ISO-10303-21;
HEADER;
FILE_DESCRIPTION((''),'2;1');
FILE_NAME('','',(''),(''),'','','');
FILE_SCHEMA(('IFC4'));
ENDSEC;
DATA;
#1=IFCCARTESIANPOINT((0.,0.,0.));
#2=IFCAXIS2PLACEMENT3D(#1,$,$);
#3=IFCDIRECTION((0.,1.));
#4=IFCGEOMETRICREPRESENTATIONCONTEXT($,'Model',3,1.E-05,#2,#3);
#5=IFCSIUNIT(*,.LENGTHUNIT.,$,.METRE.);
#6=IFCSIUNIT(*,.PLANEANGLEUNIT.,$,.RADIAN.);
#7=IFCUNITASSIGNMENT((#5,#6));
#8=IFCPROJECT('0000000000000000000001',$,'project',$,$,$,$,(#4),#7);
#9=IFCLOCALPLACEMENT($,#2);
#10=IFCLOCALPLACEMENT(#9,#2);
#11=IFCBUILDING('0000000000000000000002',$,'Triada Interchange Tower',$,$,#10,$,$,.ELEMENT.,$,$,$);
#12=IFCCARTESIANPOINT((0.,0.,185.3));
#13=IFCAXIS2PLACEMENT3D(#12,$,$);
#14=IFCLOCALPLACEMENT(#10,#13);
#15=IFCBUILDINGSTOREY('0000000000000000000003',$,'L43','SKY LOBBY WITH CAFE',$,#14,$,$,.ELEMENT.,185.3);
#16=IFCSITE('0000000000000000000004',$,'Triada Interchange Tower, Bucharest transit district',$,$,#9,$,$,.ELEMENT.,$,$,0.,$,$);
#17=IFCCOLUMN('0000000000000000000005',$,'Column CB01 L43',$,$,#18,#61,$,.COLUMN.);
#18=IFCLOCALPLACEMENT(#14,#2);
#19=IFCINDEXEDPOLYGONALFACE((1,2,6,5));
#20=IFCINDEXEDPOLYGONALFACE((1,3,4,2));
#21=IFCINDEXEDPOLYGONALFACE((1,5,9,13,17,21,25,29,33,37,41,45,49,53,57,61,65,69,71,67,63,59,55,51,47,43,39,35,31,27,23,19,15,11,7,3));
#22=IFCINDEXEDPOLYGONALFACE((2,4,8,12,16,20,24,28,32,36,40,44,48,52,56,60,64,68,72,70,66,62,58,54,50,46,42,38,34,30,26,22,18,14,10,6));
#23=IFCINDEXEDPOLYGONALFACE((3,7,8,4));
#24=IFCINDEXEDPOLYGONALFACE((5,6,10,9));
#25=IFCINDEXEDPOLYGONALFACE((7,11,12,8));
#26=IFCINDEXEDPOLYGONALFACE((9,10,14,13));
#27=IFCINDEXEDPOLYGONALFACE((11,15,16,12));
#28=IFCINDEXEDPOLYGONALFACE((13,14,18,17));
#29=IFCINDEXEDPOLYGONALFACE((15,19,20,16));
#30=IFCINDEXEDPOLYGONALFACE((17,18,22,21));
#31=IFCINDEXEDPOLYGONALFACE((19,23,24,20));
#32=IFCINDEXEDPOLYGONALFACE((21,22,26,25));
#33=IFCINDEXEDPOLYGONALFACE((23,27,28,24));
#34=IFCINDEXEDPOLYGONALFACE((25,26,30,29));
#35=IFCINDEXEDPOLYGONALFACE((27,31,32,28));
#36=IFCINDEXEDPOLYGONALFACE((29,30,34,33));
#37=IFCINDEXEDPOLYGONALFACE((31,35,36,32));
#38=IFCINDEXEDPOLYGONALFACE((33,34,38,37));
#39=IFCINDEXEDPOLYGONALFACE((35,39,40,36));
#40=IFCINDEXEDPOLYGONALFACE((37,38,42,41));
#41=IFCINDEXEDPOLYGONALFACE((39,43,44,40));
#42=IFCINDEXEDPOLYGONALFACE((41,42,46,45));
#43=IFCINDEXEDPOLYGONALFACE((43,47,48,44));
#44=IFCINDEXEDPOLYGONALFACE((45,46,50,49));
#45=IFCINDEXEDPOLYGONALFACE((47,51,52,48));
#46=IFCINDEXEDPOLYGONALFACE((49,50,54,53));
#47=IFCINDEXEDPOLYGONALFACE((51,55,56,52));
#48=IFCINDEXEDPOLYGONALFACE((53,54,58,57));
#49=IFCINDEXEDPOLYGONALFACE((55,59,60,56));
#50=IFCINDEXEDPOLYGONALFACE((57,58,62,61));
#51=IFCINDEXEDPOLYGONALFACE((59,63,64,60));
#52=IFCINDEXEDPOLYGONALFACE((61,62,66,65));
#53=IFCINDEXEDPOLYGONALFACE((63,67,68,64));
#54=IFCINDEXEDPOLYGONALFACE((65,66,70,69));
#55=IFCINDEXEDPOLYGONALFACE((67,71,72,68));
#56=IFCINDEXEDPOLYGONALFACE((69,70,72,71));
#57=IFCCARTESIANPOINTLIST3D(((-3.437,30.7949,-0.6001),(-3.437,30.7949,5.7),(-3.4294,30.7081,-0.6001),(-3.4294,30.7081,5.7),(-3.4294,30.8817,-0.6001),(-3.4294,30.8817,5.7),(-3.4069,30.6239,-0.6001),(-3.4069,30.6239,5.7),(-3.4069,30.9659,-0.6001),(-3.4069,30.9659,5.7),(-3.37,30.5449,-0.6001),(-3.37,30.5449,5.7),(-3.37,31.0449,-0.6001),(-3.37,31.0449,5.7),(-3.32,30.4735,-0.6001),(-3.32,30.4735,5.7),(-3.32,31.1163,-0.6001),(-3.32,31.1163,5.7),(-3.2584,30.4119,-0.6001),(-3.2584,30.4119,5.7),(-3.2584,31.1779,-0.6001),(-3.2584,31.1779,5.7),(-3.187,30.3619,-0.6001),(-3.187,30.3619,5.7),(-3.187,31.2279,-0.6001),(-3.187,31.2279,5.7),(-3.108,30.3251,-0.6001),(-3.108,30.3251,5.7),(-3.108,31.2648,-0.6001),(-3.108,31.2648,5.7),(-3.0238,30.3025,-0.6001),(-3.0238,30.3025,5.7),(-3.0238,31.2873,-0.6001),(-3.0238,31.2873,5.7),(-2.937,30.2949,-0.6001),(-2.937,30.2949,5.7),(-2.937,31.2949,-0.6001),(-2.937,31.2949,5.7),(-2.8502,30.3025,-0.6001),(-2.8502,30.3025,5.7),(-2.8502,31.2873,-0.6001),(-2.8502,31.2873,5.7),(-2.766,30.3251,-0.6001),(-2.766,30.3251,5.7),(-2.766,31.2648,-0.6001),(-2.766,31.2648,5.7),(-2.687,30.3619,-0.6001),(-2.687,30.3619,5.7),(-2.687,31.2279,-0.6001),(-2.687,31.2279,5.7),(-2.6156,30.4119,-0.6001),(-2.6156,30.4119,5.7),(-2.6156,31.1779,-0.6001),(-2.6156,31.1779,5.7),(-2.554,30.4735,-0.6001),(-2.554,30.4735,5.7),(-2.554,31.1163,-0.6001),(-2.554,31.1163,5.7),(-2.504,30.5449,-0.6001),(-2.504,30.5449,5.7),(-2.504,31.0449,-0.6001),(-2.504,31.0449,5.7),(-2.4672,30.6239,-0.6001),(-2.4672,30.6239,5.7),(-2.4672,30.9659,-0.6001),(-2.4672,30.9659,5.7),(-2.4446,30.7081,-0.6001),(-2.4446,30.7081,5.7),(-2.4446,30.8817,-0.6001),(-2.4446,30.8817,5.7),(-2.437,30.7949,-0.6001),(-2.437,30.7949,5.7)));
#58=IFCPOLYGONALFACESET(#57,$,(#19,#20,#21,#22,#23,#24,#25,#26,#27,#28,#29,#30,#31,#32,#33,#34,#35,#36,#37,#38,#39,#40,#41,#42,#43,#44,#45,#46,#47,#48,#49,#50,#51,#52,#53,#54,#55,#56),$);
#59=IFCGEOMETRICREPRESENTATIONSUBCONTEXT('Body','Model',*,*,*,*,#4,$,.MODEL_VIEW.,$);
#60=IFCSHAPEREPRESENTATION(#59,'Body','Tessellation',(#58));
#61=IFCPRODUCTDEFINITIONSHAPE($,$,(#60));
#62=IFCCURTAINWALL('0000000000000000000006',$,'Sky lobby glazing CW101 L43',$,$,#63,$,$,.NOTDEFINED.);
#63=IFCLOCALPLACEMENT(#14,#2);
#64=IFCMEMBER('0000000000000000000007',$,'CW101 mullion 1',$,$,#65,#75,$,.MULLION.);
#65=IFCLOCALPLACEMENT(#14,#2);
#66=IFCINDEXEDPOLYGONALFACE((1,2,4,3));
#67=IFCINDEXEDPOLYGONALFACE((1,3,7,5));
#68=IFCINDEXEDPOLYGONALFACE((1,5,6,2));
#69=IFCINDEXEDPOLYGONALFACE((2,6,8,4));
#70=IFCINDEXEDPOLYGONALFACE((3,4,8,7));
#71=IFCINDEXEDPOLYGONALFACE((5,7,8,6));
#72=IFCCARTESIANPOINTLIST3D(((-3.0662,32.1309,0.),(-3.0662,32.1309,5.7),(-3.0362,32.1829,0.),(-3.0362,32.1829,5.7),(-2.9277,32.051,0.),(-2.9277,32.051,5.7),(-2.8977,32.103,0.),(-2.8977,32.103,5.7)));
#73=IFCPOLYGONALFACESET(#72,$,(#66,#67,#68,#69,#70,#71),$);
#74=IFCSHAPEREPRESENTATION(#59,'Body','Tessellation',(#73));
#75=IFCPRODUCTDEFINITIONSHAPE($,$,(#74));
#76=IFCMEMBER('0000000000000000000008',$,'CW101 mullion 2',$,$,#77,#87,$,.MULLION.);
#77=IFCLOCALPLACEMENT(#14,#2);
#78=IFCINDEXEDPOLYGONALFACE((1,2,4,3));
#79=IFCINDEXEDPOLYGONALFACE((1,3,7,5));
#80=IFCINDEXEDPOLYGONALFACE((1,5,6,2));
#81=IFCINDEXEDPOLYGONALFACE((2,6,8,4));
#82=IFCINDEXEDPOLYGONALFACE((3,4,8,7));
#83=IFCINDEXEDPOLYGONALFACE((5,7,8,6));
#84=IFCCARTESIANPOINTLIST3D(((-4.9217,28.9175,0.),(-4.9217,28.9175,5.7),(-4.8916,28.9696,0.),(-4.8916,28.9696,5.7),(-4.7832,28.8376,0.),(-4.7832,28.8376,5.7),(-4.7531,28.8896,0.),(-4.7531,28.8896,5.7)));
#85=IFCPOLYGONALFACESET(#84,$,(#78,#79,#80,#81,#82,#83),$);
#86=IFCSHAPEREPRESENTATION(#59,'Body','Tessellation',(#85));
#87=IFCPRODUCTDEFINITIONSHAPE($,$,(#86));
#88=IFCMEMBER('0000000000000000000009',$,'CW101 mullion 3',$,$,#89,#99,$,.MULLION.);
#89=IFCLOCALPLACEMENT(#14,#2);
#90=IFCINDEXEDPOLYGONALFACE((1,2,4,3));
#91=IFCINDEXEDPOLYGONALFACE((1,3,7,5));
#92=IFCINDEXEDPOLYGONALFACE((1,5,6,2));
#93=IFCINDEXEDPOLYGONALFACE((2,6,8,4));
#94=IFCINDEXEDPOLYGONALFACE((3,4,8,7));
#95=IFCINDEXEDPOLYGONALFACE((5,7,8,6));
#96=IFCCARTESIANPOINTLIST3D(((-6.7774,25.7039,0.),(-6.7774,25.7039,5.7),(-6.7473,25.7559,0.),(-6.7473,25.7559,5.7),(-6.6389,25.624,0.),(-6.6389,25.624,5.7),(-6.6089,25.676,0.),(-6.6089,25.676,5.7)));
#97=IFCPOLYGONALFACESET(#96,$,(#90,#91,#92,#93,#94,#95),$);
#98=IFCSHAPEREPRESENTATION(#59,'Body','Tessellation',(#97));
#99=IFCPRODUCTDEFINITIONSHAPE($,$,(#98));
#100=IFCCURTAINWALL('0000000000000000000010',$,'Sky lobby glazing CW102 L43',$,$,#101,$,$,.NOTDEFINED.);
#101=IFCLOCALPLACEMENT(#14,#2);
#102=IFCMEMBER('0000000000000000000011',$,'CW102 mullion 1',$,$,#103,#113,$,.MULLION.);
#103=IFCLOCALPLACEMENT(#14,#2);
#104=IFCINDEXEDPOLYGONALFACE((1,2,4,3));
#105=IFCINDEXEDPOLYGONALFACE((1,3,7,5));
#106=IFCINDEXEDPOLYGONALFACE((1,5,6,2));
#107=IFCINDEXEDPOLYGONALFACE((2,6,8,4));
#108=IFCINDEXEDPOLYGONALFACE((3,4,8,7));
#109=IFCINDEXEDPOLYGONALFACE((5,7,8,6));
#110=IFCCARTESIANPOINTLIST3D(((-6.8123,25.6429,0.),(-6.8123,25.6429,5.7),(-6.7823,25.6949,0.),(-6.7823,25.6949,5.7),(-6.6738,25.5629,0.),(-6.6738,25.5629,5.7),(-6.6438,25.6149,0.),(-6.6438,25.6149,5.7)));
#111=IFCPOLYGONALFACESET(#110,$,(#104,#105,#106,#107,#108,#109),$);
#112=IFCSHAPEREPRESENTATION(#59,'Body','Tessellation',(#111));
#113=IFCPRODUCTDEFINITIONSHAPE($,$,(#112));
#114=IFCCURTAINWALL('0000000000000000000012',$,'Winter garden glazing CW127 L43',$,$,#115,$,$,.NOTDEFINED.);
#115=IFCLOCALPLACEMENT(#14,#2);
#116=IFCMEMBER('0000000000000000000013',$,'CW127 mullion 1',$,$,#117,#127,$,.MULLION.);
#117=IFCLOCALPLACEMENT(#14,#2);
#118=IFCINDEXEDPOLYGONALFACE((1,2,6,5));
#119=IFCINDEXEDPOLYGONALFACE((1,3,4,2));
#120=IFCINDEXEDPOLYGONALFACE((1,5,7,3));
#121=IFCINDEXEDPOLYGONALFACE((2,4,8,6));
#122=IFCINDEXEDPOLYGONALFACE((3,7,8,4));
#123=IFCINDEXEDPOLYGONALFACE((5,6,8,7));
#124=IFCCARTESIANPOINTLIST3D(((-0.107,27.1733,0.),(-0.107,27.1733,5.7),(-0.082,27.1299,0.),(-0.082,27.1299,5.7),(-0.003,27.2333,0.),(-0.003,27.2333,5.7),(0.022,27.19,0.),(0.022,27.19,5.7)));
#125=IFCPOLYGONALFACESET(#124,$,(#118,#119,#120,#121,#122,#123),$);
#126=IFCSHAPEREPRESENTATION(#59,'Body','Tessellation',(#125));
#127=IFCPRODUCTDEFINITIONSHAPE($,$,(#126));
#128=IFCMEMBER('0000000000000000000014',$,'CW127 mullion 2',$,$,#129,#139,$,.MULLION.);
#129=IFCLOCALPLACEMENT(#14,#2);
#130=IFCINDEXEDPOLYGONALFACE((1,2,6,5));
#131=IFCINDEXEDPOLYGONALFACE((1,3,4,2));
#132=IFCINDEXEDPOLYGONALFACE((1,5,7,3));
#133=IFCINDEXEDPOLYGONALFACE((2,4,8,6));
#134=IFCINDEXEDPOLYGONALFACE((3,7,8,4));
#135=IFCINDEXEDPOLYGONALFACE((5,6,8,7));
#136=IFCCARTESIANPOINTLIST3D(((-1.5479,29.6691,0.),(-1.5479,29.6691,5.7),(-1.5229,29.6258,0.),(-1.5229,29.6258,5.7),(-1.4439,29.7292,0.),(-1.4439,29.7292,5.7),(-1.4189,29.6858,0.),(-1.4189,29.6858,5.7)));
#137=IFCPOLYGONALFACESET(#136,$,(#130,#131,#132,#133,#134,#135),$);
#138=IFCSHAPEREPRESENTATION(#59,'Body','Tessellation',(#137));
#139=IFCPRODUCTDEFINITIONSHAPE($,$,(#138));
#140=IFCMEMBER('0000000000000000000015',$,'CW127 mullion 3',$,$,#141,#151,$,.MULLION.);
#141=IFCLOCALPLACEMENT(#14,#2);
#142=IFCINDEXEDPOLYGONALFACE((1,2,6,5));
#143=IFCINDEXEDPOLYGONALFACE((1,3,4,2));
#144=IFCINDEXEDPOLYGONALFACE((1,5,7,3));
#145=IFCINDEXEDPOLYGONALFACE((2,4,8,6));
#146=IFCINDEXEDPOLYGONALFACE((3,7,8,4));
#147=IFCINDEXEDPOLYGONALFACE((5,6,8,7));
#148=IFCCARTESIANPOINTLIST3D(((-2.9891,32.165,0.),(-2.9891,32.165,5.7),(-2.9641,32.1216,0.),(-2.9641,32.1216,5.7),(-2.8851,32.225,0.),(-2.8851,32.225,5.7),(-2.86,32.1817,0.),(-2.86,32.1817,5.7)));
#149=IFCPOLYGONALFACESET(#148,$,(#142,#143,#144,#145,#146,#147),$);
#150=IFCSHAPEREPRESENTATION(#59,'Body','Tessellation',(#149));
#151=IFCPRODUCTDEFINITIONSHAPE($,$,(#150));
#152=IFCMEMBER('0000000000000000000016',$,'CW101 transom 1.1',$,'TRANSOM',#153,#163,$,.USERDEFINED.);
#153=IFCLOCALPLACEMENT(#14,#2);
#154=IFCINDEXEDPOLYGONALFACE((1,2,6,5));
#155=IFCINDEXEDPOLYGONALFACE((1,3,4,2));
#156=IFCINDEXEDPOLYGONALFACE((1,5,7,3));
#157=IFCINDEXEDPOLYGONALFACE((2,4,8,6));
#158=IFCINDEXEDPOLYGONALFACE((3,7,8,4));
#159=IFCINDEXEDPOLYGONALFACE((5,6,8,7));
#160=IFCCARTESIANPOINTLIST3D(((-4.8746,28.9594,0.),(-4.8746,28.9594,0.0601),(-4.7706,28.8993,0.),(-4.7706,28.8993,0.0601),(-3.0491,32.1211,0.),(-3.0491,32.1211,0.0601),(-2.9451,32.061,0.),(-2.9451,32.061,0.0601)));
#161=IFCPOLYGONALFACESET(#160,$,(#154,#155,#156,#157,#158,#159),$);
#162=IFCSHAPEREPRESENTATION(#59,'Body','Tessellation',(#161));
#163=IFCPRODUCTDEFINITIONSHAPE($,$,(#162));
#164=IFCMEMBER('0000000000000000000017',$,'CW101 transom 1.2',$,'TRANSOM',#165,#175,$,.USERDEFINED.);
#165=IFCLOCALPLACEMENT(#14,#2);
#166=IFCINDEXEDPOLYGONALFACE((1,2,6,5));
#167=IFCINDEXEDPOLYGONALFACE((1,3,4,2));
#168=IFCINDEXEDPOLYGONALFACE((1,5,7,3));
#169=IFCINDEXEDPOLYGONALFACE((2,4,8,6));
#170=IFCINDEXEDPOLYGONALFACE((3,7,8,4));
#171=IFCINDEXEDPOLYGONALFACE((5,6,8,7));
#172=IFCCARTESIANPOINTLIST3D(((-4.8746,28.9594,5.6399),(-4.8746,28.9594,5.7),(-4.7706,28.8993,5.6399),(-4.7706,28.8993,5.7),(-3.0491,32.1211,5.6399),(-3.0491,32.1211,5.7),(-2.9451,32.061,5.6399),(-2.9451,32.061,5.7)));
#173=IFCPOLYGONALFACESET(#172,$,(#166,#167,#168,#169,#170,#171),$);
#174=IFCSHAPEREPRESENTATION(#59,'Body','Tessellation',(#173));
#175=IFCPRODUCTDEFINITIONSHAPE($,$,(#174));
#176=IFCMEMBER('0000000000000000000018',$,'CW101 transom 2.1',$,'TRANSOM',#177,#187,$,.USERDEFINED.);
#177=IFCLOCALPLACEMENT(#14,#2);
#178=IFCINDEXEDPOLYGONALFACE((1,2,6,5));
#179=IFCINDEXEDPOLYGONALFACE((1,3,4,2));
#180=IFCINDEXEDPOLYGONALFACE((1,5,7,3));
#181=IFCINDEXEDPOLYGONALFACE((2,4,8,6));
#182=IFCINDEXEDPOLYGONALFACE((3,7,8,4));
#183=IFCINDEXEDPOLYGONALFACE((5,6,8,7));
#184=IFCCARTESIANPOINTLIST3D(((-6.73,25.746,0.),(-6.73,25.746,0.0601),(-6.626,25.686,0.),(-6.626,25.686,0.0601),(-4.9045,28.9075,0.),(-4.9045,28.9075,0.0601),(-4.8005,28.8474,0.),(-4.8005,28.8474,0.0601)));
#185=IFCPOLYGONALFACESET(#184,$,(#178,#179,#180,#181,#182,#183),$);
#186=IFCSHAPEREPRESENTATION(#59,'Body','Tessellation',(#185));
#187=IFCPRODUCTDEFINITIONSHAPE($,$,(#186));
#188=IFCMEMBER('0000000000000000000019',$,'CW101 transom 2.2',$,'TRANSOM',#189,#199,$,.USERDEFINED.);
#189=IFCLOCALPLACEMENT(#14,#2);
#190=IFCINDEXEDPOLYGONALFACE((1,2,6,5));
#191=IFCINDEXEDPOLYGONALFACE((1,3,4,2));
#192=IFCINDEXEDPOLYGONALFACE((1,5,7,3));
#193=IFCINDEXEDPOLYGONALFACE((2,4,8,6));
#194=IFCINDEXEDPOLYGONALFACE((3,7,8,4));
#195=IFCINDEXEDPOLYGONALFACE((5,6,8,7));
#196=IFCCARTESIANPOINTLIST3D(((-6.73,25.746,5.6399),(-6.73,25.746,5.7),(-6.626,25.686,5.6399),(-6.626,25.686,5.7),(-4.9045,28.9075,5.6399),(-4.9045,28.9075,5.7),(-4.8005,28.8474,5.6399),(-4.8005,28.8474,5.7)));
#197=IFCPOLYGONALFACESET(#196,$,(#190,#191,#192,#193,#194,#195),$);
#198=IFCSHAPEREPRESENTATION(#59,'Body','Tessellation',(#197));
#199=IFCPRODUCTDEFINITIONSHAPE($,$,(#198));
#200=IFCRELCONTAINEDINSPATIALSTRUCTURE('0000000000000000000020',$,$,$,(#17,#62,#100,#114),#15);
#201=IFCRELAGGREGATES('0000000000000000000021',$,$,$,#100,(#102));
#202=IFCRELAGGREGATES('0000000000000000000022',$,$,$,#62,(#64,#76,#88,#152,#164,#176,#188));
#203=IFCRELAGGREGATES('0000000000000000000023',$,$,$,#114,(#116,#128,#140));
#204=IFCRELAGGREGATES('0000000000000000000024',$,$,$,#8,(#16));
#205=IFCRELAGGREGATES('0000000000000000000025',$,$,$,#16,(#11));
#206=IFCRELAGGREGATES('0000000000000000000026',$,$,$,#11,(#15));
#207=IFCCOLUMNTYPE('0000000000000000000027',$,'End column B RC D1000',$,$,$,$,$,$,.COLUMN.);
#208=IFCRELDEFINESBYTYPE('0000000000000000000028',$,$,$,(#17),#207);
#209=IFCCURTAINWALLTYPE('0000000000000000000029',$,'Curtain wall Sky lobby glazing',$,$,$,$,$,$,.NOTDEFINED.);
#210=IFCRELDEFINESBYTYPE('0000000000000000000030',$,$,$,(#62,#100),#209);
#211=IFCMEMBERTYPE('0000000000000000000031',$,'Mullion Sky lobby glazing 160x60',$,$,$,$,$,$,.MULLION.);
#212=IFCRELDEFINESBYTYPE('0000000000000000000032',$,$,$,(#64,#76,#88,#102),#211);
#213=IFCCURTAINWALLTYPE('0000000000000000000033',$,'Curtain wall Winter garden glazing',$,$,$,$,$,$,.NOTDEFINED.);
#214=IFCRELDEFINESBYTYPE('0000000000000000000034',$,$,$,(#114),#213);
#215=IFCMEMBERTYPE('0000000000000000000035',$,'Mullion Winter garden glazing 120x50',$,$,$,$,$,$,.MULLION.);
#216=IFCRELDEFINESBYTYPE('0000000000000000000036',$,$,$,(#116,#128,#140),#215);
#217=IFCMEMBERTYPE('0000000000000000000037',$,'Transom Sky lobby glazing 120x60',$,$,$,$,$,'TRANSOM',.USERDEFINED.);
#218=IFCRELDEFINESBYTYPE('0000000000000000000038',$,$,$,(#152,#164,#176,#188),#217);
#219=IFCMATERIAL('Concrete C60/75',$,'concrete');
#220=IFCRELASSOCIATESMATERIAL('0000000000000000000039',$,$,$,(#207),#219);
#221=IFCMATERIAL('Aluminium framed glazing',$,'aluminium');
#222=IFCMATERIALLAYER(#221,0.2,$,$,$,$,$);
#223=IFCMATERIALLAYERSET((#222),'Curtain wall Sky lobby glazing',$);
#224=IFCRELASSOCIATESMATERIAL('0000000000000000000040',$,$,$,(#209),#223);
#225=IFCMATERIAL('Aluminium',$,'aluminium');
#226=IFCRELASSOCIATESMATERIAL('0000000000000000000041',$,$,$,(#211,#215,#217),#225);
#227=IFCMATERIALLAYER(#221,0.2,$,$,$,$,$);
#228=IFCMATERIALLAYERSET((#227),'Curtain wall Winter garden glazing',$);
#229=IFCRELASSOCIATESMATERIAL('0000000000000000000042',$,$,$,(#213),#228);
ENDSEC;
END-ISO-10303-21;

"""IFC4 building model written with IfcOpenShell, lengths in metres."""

from ifc_helpers import new_model, si_unit, direction, frame, origin, origin_2d, place, context, subcontext, project, spatial, rectangle, circle, extrude, material, layer, layer_set, material_profile, profile_set, type_object, element, aggregate, save


model = new_model("IFC4")

# Units and contexts
model_context = context("Model", 3, precision=1e-05, world=origin(), true_north=direction((0.0, 1.0)))
body_context = subcontext(model_context, "Body", "Model", "MODEL_VIEW")
ifc_project = project(units=[si_unit("LENGTHUNIT", "METRE"), si_unit("PLANEANGLEUNIT", "RADIAN")], contexts=[model_context])

# Site, building, storey
site_placement = place(None, origin())
site = spatial("IfcSite", under=ifc_project, at=site_placement, Name="Triada Interchange Tower, Bucharest transit district", CompositionType="ELEMENT", RefElevation=0.0)
building_placement = place(site_placement, origin())
building = spatial("IfcBuilding", under=site, at=building_placement, Name="Triada Interchange Tower", CompositionType="ELEMENT")
storey_placement = place(building_placement, frame((0.0, 0.0, 185.3)))
storey = spatial("IfcBuildingStorey", under=building, at=storey_placement, Name="L43", Description="SKY LOBBY WITH CAFE", CompositionType="ELEMENT", Elevation=185.3)

# Column
ifc_material_1 = material(Name="Concrete C60/75", Category="concrete")
ifc_material_profile_1 = material_profile(ifc_material_1, circle(Radius=0.5, at=origin_2d()), Name="RC D1000")
ifc_profile_set_1 = profile_set([ifc_material_profile_1], Name="Concrete C60/75")
column_type = type_object("IfcColumnType", Name="End column B RC D1000", PredefinedType="COLUMN", material=ifc_profile_set_1)
column_placement = place(storey_placement, frame((-2.937, 30.7949, -0.6001), z_axis=(0.0, 0.0, 1.0), x_axis=(0.5, 0.866025, 0.0)))
element("IfcColumn", 1, at=column_placement, inside=storey, type_object=column_type, Name="Column CB01 L43", PredefinedType="COLUMN", context=body_context, shape_type="SweptSolid", body=[
    extrude(circle(Radius=0.5, at=origin_2d()), origin(), (0.0, 0.0, 1.0), 6.3),
])

# Curtain wall, members
ifc_material_2 = material(Name="Aluminium framed glazing", Category="aluminium")
ifc_layer_1 = layer(ifc_material_2, 0.2)
ifc_layer_set_1 = layer_set([ifc_layer_1], Name="Curtain wall Sky lobby glazing")
curtain_wall_type_1 = type_object("IfcCurtainWallType", Name="Curtain wall Sky lobby glazing", PredefinedType="NOTDEFINED", material=ifc_layer_set_1)
curtain_wall_1_placement = place(storey_placement, origin())
curtain_wall_1 = element("IfcCurtainWall", 2, at=curtain_wall_1_placement, inside=storey, type_object=curtain_wall_type_1, Name="Sky lobby glazing CW101 L43", PredefinedType="NOTDEFINED")
ifc_material_3 = material(Name="Aluminium", Category="aluminium")
ifc_material_profile_2 = material_profile(ifc_material_3, rectangle(XDim=0.1599, YDim=0.0601, at=origin_2d()), Name="Aluminium mullion")
ifc_profile_set_2 = profile_set([ifc_material_profile_2], Name="Aluminium")
member_type_1 = type_object("IfcMemberType", Name="Mullion Sky lobby glazing 160x60", PredefinedType="MULLION", material=ifc_profile_set_2)
member_1_placement = place(storey_placement, frame((-2.9819, 32.1169, 0.0), z_axis=(0.0, 0.0, 1.0), x_axis=(0.866005, -0.500035, 0.0)))
member_1 = element("IfcMember", 3, at=member_1_placement, type_object=member_type_1, Name="CW101 mullion 1", PredefinedType="MULLION", context=body_context, shape_type="SweptSolid", body=[
    extrude(rectangle(XDim=0.1599, YDim=0.0601, at=origin_2d()), origin(), (0.0, 0.0, 1.0), 5.7),
])
member_2_placement = place(storey_placement, frame((-4.8374, 28.9036, 0.0), z_axis=(0.0, 0.0, 1.0), x_axis=(0.866005, -0.500035, 0.0)))
member_2 = element("IfcMember", 4, at=member_2_placement, type_object=member_type_1, Name="CW101 mullion 2", PredefinedType="MULLION", context=body_context, shape_type="SweptSolid", body=[
    extrude(rectangle(XDim=0.1599, YDim=0.0601, at=origin_2d()), origin(), (0.0, 0.0, 1.0), 5.7),
])
member_3_placement = place(storey_placement, frame((-6.6931, 25.6899, 0.0), z_axis=(0.0, 0.0, 1.0), x_axis=(0.866005, -0.500035, 0.0)))
member_3 = element("IfcMember", 5, at=member_3_placement, type_object=member_type_1, Name="CW101 mullion 3", PredefinedType="MULLION", context=body_context, shape_type="SweptSolid", body=[
    extrude(rectangle(XDim=0.1599, YDim=0.0601, at=origin_2d()), origin(), (0.0, 0.0, 1.0), 5.7),
])

# Curtain wall, member
curtain_wall_2_placement = place(storey_placement, origin())
curtain_wall_2 = element("IfcCurtainWall", 6, at=curtain_wall_2_placement, inside=storey, type_object=curtain_wall_type_1, Name="Sky lobby glazing CW102 L43", PredefinedType="NOTDEFINED")
member_4_placement = place(storey_placement, frame((-6.728, 25.6289, 0.0), z_axis=(0.0, 0.0, 1.0), x_axis=(0.866046, -0.499964, 0.0)))
member_4 = element("IfcMember", 7, at=member_4_placement, type_object=member_type_1, Name="CW102 mullion 1", PredefinedType="MULLION", context=body_context, shape_type="SweptSolid", body=[
    extrude(rectangle(XDim=0.1599, YDim=0.0601, at=origin_2d()), origin(), (0.0, 0.0, 1.0), 5.7),
])

# Curtain wall, members
ifc_layer_2 = layer(ifc_material_2, 0.2)
ifc_layer_set_2 = layer_set([ifc_layer_2], Name="Curtain wall Winter garden glazing")
curtain_wall_type_2 = type_object("IfcCurtainWallType", Name="Curtain wall Winter garden glazing", PredefinedType="NOTDEFINED", material=ifc_layer_set_2)
curtain_wall_3_placement = place(storey_placement, origin())
curtain_wall_3 = element("IfcCurtainWall", 8, at=curtain_wall_3_placement, inside=storey, type_object=curtain_wall_type_2, Name="Winter garden glazing CW127 L43", PredefinedType="NOTDEFINED")
ifc_material_profile_3 = material_profile(ifc_material_3, rectangle(XDim=0.1201, YDim=0.05, at=origin_2d()), Name="Aluminium mullion")
ifc_profile_set_3 = profile_set([ifc_material_profile_3], Name="Aluminium")
member_type_2 = type_object("IfcMemberType", Name="Mullion Winter garden glazing 120x50", PredefinedType="MULLION", material=ifc_profile_set_3)
member_5_placement = place(storey_placement, frame((-0.0425, 27.1816, 0.0), z_axis=(0.0, 0.0, 1.0), x_axis=(-0.866022, -0.500005, 0.0)))
member_5 = element("IfcMember", 9, at=member_5_placement, type_object=member_type_2, Name="CW127 mullion 1", PredefinedType="MULLION", context=body_context, shape_type="SweptSolid", body=[
    extrude(rectangle(XDim=0.1201, YDim=0.05, at=origin_2d()), origin(), (0.0, 0.0, 1.0), 5.7),
])
member_6_placement = place(storey_placement, frame((-1.4834, 29.6775, 0.0), z_axis=(0.0, 0.0, 1.0), x_axis=(-0.866022, -0.500005, 0.0)))
member_6 = element("IfcMember", 10, at=member_6_placement, type_object=member_type_2, Name="CW127 mullion 2", PredefinedType="MULLION", context=body_context, shape_type="SweptSolid", body=[
    extrude(rectangle(XDim=0.1201, YDim=0.05, at=origin_2d()), origin(), (0.0, 0.0, 1.0), 5.7),
])
member_7_placement = place(storey_placement, frame((-2.9246, 32.1733, 0.0), z_axis=(0.0, 0.0, 1.0), x_axis=(-0.866022, -0.500005, 0.0)))
member_7 = element("IfcMember", 11, at=member_7_placement, type_object=member_type_2, Name="CW127 mullion 3", PredefinedType="MULLION", context=body_context, shape_type="SweptSolid", body=[
    extrude(rectangle(XDim=0.1201, YDim=0.05, at=origin_2d()), origin(), (0.0, 0.0, 1.0), 5.7),
])

# Members
ifc_material_profile_4 = material_profile(ifc_material_3, rectangle(XDim=0.1201, YDim=0.0601, at=origin_2d()), Name="Aluminium transom")
ifc_profile_set_4 = profile_set([ifc_material_profile_4], Name="Aluminium")
member_type_3 = type_object("IfcMemberType", Name="Transom Sky lobby glazing 120x60", ElementType="TRANSOM", PredefinedType="USERDEFINED", material=ifc_profile_set_4)
member_8_placement = place(storey_placement, frame((-2.9971, 32.0911, 0.03), z_axis=(-0.500016, -0.866016, 0.0), x_axis=(0.866016, -0.500016, 0.0)))
member_8 = element("IfcMember", 12, at=member_8_placement, type_object=member_type_3, Name="CW101 transom 1.1", ObjectType="TRANSOM", PredefinedType="USERDEFINED", context=body_context, shape_type="SweptSolid", body=[
    extrude(rectangle(XDim=0.1201, YDim=0.0601, at=origin_2d()), origin(), (0.0, 0.0, 1.0), 3.6509),
])
member_9_placement = place(storey_placement, frame((-2.9971, 32.0911, 5.6699), z_axis=(-0.500016, -0.866016, 0.0), x_axis=(0.866016, -0.500016, 0.0)))
member_9 = element("IfcMember", 13, at=member_9_placement, type_object=member_type_3, Name="CW101 transom 1.2", ObjectType="TRANSOM", PredefinedType="USERDEFINED", context=body_context, shape_type="SweptSolid", body=[
    extrude(rectangle(XDim=0.1201, YDim=0.0601, at=origin_2d()), origin(), (0.0, 0.0, 1.0), 3.6509),
])
member_10_placement = place(storey_placement, frame((-4.8525, 28.8774, 0.03), z_axis=(-0.500045, -0.866, 0.0), x_axis=(0.866, -0.500045, 0.0)))
member_10 = element("IfcMember", 14, at=member_10_placement, type_object=member_type_3, Name="CW101 transom 2.1", ObjectType="TRANSOM", PredefinedType="USERDEFINED", context=body_context, shape_type="SweptSolid", body=[
    extrude(rectangle(XDim=0.1201, YDim=0.0601, at=origin_2d()), origin(), (0.0, 0.0, 1.0), 3.6506),
])
member_11_placement = place(storey_placement, frame((-4.8525, 28.8774, 5.6699), z_axis=(-0.500045, -0.866, 0.0), x_axis=(0.866, -0.500045, 0.0)))
member_11 = element("IfcMember", 15, at=member_11_placement, type_object=member_type_3, Name="CW101 transom 2.2", ObjectType="TRANSOM", PredefinedType="USERDEFINED", context=body_context, shape_type="SweptSolid", body=[
    extrude(rectangle(XDim=0.1201, YDim=0.0601, at=origin_2d()), origin(), (0.0, 0.0, 1.0), 3.6506),
])
aggregate(curtain_wall_2, [member_4])

aggregate(curtain_wall_1, [member_1, member_2, member_3, member_8, member_9, member_10, member_11])
aggregate(curtain_wall_3, [member_5, member_6, member_7])

save(model, "model.ifc")
